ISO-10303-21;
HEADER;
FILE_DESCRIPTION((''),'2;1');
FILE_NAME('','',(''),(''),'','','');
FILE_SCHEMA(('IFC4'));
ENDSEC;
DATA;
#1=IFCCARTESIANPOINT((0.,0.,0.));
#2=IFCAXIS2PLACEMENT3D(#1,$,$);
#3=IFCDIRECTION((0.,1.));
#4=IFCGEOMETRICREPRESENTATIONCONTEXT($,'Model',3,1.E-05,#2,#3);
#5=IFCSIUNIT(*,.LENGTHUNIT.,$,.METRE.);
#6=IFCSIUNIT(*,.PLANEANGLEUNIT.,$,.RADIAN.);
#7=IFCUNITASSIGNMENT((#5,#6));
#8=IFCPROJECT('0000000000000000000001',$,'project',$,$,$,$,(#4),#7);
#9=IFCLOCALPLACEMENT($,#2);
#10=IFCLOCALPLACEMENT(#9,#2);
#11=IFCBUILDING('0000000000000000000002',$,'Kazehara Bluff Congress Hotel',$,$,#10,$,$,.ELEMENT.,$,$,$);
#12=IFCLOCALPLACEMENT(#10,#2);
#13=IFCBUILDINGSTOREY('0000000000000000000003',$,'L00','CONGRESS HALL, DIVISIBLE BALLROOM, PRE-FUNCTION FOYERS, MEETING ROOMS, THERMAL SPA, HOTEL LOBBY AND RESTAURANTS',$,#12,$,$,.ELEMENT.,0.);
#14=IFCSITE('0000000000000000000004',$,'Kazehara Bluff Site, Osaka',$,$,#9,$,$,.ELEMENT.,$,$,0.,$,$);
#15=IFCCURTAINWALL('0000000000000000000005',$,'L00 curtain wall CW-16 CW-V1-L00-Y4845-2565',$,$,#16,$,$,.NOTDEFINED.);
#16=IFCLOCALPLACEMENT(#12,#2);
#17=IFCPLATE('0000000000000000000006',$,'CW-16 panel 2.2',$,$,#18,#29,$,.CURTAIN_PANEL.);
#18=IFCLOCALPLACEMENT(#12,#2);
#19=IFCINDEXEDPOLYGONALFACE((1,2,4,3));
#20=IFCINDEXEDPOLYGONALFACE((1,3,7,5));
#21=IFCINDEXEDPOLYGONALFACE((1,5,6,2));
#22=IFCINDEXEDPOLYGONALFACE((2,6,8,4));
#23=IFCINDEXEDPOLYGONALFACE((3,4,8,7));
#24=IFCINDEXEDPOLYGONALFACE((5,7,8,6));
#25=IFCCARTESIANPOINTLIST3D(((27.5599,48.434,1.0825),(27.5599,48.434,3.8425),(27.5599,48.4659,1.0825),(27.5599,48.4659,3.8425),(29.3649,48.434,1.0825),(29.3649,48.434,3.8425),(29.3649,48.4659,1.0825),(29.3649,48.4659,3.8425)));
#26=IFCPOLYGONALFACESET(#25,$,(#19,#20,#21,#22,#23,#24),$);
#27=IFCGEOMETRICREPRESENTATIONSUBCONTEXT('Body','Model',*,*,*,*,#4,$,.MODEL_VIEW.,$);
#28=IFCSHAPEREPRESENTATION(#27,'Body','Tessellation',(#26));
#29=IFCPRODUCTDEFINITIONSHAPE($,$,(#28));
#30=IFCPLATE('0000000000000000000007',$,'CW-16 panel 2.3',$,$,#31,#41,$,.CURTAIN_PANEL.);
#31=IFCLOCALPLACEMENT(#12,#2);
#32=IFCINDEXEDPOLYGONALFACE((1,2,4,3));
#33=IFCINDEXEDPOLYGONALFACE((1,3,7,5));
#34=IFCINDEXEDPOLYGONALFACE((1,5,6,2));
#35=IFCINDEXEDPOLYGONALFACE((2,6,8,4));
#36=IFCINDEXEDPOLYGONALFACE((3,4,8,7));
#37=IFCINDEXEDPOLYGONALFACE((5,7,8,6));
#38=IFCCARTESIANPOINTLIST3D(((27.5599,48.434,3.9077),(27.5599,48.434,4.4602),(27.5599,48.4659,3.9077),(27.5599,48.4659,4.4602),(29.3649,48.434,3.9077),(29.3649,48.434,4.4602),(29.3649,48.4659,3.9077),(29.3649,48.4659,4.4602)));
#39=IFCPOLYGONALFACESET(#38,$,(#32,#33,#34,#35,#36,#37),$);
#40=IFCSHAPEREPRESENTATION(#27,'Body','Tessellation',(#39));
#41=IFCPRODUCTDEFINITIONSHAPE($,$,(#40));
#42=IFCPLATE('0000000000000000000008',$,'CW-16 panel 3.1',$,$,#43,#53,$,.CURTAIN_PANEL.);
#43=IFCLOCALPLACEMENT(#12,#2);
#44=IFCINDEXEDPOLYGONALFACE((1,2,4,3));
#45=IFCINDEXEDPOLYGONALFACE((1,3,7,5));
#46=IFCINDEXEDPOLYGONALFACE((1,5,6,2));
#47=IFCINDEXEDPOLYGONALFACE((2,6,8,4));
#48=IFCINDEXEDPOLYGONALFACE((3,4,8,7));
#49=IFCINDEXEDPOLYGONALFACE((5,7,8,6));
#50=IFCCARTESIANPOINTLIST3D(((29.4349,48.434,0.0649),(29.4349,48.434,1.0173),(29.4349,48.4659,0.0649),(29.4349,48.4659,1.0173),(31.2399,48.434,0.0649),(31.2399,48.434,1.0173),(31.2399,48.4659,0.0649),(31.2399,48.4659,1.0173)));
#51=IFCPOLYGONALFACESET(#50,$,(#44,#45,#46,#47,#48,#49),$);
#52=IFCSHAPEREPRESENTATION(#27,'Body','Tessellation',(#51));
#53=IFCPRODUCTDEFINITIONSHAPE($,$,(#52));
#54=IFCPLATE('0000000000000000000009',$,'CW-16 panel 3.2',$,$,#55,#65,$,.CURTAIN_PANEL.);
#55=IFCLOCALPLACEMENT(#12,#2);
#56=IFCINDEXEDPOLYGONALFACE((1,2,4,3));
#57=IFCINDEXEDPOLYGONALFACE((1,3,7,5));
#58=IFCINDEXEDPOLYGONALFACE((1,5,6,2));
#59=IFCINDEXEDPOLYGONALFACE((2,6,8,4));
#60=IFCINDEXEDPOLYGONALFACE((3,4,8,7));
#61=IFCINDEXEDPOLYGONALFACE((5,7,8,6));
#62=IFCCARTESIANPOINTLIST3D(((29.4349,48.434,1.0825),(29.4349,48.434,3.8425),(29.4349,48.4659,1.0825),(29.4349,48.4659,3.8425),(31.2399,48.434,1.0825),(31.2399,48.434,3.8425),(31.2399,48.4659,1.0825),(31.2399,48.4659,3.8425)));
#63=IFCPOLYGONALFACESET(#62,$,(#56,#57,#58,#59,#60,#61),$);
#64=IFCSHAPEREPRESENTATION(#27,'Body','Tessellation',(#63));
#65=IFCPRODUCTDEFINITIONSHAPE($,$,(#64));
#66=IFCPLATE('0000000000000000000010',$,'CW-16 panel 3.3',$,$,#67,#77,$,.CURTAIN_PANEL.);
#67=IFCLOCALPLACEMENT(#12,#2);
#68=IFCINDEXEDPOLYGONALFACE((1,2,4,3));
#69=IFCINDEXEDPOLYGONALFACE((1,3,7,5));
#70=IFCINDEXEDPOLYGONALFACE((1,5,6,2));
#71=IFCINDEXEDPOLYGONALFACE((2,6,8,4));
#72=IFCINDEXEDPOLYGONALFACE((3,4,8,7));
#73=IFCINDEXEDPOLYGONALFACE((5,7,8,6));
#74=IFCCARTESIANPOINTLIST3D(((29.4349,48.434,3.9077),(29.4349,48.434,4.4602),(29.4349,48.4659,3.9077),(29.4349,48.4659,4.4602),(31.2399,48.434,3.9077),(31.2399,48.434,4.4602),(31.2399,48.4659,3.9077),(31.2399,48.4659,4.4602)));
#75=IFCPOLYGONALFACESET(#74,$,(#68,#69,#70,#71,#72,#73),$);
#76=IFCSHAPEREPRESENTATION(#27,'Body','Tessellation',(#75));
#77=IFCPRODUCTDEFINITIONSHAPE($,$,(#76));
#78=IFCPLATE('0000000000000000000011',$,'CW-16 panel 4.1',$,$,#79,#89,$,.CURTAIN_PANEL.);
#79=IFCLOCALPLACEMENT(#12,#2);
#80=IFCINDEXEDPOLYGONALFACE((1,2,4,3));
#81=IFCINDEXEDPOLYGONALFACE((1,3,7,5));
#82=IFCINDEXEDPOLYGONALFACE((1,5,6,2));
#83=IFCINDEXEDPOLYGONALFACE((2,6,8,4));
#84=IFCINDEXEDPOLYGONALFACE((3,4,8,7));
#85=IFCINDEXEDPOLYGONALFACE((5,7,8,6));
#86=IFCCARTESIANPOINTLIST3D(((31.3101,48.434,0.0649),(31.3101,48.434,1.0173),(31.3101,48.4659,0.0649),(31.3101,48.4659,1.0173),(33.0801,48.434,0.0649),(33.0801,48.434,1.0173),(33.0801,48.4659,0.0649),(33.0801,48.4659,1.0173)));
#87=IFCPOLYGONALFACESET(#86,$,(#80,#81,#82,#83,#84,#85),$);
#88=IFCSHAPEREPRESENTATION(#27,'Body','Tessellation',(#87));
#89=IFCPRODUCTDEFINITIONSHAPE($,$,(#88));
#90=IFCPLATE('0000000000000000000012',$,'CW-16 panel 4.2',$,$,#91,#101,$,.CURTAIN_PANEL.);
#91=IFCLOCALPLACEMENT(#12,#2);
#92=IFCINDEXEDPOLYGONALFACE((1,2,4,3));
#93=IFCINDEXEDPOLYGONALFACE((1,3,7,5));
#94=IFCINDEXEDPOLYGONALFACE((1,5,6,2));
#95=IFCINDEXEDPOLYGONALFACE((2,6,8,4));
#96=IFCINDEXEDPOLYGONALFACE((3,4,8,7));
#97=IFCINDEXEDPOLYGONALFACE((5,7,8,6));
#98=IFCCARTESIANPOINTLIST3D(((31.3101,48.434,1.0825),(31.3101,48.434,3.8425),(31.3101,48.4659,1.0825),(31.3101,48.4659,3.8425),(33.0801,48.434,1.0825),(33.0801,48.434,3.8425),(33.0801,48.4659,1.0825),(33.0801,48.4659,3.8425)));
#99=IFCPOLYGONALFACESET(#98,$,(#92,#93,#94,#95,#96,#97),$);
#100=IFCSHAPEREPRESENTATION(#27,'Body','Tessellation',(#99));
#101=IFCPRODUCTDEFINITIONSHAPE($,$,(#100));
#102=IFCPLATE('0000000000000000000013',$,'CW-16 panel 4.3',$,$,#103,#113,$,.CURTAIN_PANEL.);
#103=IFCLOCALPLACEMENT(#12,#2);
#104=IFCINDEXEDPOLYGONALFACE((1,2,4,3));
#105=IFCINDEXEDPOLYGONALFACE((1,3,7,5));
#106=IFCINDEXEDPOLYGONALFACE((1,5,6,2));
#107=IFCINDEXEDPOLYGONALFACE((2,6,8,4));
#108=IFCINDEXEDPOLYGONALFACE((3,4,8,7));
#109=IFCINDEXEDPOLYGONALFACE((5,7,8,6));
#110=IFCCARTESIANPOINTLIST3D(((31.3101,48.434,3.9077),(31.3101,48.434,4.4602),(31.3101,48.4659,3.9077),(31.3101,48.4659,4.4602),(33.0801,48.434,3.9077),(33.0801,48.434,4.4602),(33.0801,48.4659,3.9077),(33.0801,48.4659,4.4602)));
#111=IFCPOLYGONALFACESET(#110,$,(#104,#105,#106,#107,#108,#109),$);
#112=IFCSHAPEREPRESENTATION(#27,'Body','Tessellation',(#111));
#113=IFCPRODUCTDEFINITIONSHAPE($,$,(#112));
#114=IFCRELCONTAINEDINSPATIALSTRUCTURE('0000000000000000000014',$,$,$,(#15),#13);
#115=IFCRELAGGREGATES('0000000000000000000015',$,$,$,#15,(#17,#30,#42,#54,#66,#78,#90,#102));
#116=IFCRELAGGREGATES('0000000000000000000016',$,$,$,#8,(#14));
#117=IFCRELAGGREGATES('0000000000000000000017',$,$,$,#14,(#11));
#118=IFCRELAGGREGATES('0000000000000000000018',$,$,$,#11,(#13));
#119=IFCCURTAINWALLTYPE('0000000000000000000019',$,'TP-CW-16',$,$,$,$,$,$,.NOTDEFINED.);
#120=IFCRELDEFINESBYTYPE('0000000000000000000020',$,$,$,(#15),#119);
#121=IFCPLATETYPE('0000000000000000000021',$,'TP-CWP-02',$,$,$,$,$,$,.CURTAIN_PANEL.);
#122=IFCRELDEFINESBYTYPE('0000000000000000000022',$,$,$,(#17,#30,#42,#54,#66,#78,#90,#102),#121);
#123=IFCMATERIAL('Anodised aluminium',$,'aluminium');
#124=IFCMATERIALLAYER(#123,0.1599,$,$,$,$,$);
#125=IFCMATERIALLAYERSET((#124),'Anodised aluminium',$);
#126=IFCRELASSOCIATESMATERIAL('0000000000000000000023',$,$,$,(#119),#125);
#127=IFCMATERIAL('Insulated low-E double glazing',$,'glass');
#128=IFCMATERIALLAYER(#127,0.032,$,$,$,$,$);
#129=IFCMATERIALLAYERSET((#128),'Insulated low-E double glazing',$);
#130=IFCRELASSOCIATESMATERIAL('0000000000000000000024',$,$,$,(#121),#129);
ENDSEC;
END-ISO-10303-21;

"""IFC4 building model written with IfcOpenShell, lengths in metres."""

from ifc_helpers import new_model, si_unit, direction, frame, origin, origin_2d, place, context, subcontext, project, spatial, rectangle, extrude, material, layer, layer_set, type_object, element, aggregate, save


model = new_model("IFC4")

# Units and contexts
model_context = context("Model", 3, precision=1e-05, world=origin(), true_north=direction((0.0, 1.0)))
body_context = subcontext(model_context, "Body", "Model", "MODEL_VIEW")
ifc_project = project(units=[si_unit("LENGTHUNIT", "METRE"), si_unit("PLANEANGLEUNIT", "RADIAN")], contexts=[model_context])

# Site, building, storey
site_placement = place(None, origin())
site = spatial("IfcSite", under=ifc_project, at=site_placement, Name="Kazehara Bluff Site, Osaka", CompositionType="ELEMENT", RefElevation=0.0)
building_placement = place(site_placement, origin())
building = spatial("IfcBuilding", under=site, at=building_placement, Name="Kazehara Bluff Congress Hotel", CompositionType="ELEMENT")
storey_placement = place(building_placement, origin())
storey = spatial("IfcBuildingStorey", under=building, at=storey_placement, Name="L00", Description="CONGRESS HALL, DIVISIBLE BALLROOM, PRE-FUNCTION FOYERS, MEETING ROOMS, THERMAL SPA, HOTEL LOBBY AND RESTAURANTS", CompositionType="ELEMENT", Elevation=0.0)

# Curtain wall, plates
ifc_material_1 = material(Name="Anodised aluminium", Category="aluminium")
ifc_layer_1 = layer(ifc_material_1, 0.1599)
ifc_layer_set_1 = layer_set([ifc_layer_1], Name="Anodised aluminium")
curtain_wall_type = type_object("IfcCurtainWallType", Name="TP-CW-16", PredefinedType="NOTDEFINED", material=ifc_layer_set_1)
curtain_wall_placement = place(storey_placement, origin())
curtain_wall = element("IfcCurtainWall", 1, at=curtain_wall_placement, inside=storey, type_object=curtain_wall_type, Name="L00 curtain wall CW-16 CW-V1-L00-Y4845-2565", PredefinedType="NOTDEFINED")
ifc_material_2 = material(Name="Insulated low-E double glazing", Category="glass")
ifc_layer_2 = layer(ifc_material_2, 0.032)
ifc_layer_set_2 = layer_set([ifc_layer_2], Name="Insulated low-E double glazing")
plate_type = type_object("IfcPlateType", Name="TP-CWP-02", PredefinedType="CURTAIN_PANEL", material=ifc_layer_set_2)
plate_1_placement = place(storey_placement, frame((28.4624, 48.45, 1.0825), z_axis=(0.0, 0.0, 1.0), x_axis=(1.0, 0.0, 0.0)))
plate_1 = element("IfcPlate", 2, at=plate_1_placement, type_object=plate_type, Name="CW-16 panel 2.2", PredefinedType="CURTAIN_PANEL", context=body_context, shape_type="SweptSolid", body=[
    extrude(rectangle(XDim=1.8049, YDim=0.032, at=origin_2d()), origin(), (0.0, 0.0, 1.0), 2.76),
])
plate_2_placement = place(storey_placement, frame((28.4624, 48.45, 3.9077), z_axis=(0.0, 0.0, 1.0), x_axis=(1.0, 0.0, 0.0)))
plate_2 = element("IfcPlate", 3, at=plate_2_placement, type_object=plate_type, Name="CW-16 panel 2.3", PredefinedType="CURTAIN_PANEL", context=body_context, shape_type="SweptSolid", body=[
    extrude(rectangle(XDim=1.8049, YDim=0.032, at=origin_2d()), origin(), (0.0, 0.0, 1.0), 0.5525),
])
plate_3_placement = place(storey_placement, frame((30.3374, 48.45, 0.0649), z_axis=(0.0, 0.0, 1.0), x_axis=(1.0, 0.0, 0.0)))
plate_3 = element("IfcPlate", 4, at=plate_3_placement, type_object=plate_type, Name="CW-16 panel 3.1", PredefinedType="CURTAIN_PANEL", context=body_context, shape_type="SweptSolid", body=[
    extrude(rectangle(XDim=1.8049, YDim=0.032, at=origin_2d()), origin(), (0.0, 0.0, 1.0), 0.9524),
])
plate_4_placement = place(storey_placement, frame((30.3374, 48.45, 1.0825), z_axis=(0.0, 0.0, 1.0), x_axis=(1.0, 0.0, 0.0)))
plate_4 = element("IfcPlate", 5, at=plate_4_placement, type_object=plate_type, Name="CW-16 panel 3.2", PredefinedType="CURTAIN_PANEL", context=body_context, shape_type="SweptSolid", body=[
    extrude(rectangle(XDim=1.8049, YDim=0.032, at=origin_2d()), origin(), (0.0, 0.0, 1.0), 2.76),
])
plate_5_placement = place(storey_placement, frame((30.3374, 48.45, 3.9077), z_axis=(0.0, 0.0, 1.0), x_axis=(1.0, 0.0, 0.0)))
plate_5 = element("IfcPlate", 6, at=plate_5_placement, type_object=plate_type, Name="CW-16 panel 3.3", PredefinedType="CURTAIN_PANEL", context=body_context, shape_type="SweptSolid", body=[
    extrude(rectangle(XDim=1.8049, YDim=0.032, at=origin_2d()), origin(), (0.0, 0.0, 1.0), 0.5525),
])
plate_6_placement = place(storey_placement, frame((32.1951, 48.45, 0.0649), z_axis=(0.0, 0.0, 1.0), x_axis=(1.0, 0.0, 0.0)))
plate_6 = element("IfcPlate", 7, at=plate_6_placement, type_object=plate_type, Name="CW-16 panel 4.1", PredefinedType="CURTAIN_PANEL", context=body_context, shape_type="SweptSolid", body=[
    extrude(rectangle(XDim=1.77, YDim=0.032, at=origin_2d()), origin(), (0.0, 0.0, 1.0), 0.9524),
])
plate_7_placement = place(storey_placement, frame((32.1951, 48.45, 1.0825), z_axis=(0.0, 0.0, 1.0), x_axis=(1.0, 0.0, 0.0)))
plate_7 = element("IfcPlate", 8, at=plate_7_placement, type_object=plate_type, Name="CW-16 panel 4.2", PredefinedType="CURTAIN_PANEL", context=body_context, shape_type="SweptSolid", body=[
    extrude(rectangle(XDim=1.77, YDim=0.032, at=origin_2d()), origin(), (0.0, 0.0, 1.0), 2.76),
])
plate_8_placement = place(storey_placement, frame((32.1951, 48.45, 3.9077), z_axis=(0.0, 0.0, 1.0), x_axis=(1.0, 0.0, 0.0)))
plate_8 = element("IfcPlate", 9, at=plate_8_placement, type_object=plate_type, Name="CW-16 panel 4.3", PredefinedType="CURTAIN_PANEL", context=body_context, shape_type="SweptSolid", body=[
    extrude(rectangle(XDim=1.77, YDim=0.032, at=origin_2d()), origin(), (0.0, 0.0, 1.0), 0.5525),
])
aggregate(curtain_wall, [plate_1, plate_2, plate_3, plate_4, plate_5, plate_6, plate_7, plate_8])

save(model, "model.ifc")
